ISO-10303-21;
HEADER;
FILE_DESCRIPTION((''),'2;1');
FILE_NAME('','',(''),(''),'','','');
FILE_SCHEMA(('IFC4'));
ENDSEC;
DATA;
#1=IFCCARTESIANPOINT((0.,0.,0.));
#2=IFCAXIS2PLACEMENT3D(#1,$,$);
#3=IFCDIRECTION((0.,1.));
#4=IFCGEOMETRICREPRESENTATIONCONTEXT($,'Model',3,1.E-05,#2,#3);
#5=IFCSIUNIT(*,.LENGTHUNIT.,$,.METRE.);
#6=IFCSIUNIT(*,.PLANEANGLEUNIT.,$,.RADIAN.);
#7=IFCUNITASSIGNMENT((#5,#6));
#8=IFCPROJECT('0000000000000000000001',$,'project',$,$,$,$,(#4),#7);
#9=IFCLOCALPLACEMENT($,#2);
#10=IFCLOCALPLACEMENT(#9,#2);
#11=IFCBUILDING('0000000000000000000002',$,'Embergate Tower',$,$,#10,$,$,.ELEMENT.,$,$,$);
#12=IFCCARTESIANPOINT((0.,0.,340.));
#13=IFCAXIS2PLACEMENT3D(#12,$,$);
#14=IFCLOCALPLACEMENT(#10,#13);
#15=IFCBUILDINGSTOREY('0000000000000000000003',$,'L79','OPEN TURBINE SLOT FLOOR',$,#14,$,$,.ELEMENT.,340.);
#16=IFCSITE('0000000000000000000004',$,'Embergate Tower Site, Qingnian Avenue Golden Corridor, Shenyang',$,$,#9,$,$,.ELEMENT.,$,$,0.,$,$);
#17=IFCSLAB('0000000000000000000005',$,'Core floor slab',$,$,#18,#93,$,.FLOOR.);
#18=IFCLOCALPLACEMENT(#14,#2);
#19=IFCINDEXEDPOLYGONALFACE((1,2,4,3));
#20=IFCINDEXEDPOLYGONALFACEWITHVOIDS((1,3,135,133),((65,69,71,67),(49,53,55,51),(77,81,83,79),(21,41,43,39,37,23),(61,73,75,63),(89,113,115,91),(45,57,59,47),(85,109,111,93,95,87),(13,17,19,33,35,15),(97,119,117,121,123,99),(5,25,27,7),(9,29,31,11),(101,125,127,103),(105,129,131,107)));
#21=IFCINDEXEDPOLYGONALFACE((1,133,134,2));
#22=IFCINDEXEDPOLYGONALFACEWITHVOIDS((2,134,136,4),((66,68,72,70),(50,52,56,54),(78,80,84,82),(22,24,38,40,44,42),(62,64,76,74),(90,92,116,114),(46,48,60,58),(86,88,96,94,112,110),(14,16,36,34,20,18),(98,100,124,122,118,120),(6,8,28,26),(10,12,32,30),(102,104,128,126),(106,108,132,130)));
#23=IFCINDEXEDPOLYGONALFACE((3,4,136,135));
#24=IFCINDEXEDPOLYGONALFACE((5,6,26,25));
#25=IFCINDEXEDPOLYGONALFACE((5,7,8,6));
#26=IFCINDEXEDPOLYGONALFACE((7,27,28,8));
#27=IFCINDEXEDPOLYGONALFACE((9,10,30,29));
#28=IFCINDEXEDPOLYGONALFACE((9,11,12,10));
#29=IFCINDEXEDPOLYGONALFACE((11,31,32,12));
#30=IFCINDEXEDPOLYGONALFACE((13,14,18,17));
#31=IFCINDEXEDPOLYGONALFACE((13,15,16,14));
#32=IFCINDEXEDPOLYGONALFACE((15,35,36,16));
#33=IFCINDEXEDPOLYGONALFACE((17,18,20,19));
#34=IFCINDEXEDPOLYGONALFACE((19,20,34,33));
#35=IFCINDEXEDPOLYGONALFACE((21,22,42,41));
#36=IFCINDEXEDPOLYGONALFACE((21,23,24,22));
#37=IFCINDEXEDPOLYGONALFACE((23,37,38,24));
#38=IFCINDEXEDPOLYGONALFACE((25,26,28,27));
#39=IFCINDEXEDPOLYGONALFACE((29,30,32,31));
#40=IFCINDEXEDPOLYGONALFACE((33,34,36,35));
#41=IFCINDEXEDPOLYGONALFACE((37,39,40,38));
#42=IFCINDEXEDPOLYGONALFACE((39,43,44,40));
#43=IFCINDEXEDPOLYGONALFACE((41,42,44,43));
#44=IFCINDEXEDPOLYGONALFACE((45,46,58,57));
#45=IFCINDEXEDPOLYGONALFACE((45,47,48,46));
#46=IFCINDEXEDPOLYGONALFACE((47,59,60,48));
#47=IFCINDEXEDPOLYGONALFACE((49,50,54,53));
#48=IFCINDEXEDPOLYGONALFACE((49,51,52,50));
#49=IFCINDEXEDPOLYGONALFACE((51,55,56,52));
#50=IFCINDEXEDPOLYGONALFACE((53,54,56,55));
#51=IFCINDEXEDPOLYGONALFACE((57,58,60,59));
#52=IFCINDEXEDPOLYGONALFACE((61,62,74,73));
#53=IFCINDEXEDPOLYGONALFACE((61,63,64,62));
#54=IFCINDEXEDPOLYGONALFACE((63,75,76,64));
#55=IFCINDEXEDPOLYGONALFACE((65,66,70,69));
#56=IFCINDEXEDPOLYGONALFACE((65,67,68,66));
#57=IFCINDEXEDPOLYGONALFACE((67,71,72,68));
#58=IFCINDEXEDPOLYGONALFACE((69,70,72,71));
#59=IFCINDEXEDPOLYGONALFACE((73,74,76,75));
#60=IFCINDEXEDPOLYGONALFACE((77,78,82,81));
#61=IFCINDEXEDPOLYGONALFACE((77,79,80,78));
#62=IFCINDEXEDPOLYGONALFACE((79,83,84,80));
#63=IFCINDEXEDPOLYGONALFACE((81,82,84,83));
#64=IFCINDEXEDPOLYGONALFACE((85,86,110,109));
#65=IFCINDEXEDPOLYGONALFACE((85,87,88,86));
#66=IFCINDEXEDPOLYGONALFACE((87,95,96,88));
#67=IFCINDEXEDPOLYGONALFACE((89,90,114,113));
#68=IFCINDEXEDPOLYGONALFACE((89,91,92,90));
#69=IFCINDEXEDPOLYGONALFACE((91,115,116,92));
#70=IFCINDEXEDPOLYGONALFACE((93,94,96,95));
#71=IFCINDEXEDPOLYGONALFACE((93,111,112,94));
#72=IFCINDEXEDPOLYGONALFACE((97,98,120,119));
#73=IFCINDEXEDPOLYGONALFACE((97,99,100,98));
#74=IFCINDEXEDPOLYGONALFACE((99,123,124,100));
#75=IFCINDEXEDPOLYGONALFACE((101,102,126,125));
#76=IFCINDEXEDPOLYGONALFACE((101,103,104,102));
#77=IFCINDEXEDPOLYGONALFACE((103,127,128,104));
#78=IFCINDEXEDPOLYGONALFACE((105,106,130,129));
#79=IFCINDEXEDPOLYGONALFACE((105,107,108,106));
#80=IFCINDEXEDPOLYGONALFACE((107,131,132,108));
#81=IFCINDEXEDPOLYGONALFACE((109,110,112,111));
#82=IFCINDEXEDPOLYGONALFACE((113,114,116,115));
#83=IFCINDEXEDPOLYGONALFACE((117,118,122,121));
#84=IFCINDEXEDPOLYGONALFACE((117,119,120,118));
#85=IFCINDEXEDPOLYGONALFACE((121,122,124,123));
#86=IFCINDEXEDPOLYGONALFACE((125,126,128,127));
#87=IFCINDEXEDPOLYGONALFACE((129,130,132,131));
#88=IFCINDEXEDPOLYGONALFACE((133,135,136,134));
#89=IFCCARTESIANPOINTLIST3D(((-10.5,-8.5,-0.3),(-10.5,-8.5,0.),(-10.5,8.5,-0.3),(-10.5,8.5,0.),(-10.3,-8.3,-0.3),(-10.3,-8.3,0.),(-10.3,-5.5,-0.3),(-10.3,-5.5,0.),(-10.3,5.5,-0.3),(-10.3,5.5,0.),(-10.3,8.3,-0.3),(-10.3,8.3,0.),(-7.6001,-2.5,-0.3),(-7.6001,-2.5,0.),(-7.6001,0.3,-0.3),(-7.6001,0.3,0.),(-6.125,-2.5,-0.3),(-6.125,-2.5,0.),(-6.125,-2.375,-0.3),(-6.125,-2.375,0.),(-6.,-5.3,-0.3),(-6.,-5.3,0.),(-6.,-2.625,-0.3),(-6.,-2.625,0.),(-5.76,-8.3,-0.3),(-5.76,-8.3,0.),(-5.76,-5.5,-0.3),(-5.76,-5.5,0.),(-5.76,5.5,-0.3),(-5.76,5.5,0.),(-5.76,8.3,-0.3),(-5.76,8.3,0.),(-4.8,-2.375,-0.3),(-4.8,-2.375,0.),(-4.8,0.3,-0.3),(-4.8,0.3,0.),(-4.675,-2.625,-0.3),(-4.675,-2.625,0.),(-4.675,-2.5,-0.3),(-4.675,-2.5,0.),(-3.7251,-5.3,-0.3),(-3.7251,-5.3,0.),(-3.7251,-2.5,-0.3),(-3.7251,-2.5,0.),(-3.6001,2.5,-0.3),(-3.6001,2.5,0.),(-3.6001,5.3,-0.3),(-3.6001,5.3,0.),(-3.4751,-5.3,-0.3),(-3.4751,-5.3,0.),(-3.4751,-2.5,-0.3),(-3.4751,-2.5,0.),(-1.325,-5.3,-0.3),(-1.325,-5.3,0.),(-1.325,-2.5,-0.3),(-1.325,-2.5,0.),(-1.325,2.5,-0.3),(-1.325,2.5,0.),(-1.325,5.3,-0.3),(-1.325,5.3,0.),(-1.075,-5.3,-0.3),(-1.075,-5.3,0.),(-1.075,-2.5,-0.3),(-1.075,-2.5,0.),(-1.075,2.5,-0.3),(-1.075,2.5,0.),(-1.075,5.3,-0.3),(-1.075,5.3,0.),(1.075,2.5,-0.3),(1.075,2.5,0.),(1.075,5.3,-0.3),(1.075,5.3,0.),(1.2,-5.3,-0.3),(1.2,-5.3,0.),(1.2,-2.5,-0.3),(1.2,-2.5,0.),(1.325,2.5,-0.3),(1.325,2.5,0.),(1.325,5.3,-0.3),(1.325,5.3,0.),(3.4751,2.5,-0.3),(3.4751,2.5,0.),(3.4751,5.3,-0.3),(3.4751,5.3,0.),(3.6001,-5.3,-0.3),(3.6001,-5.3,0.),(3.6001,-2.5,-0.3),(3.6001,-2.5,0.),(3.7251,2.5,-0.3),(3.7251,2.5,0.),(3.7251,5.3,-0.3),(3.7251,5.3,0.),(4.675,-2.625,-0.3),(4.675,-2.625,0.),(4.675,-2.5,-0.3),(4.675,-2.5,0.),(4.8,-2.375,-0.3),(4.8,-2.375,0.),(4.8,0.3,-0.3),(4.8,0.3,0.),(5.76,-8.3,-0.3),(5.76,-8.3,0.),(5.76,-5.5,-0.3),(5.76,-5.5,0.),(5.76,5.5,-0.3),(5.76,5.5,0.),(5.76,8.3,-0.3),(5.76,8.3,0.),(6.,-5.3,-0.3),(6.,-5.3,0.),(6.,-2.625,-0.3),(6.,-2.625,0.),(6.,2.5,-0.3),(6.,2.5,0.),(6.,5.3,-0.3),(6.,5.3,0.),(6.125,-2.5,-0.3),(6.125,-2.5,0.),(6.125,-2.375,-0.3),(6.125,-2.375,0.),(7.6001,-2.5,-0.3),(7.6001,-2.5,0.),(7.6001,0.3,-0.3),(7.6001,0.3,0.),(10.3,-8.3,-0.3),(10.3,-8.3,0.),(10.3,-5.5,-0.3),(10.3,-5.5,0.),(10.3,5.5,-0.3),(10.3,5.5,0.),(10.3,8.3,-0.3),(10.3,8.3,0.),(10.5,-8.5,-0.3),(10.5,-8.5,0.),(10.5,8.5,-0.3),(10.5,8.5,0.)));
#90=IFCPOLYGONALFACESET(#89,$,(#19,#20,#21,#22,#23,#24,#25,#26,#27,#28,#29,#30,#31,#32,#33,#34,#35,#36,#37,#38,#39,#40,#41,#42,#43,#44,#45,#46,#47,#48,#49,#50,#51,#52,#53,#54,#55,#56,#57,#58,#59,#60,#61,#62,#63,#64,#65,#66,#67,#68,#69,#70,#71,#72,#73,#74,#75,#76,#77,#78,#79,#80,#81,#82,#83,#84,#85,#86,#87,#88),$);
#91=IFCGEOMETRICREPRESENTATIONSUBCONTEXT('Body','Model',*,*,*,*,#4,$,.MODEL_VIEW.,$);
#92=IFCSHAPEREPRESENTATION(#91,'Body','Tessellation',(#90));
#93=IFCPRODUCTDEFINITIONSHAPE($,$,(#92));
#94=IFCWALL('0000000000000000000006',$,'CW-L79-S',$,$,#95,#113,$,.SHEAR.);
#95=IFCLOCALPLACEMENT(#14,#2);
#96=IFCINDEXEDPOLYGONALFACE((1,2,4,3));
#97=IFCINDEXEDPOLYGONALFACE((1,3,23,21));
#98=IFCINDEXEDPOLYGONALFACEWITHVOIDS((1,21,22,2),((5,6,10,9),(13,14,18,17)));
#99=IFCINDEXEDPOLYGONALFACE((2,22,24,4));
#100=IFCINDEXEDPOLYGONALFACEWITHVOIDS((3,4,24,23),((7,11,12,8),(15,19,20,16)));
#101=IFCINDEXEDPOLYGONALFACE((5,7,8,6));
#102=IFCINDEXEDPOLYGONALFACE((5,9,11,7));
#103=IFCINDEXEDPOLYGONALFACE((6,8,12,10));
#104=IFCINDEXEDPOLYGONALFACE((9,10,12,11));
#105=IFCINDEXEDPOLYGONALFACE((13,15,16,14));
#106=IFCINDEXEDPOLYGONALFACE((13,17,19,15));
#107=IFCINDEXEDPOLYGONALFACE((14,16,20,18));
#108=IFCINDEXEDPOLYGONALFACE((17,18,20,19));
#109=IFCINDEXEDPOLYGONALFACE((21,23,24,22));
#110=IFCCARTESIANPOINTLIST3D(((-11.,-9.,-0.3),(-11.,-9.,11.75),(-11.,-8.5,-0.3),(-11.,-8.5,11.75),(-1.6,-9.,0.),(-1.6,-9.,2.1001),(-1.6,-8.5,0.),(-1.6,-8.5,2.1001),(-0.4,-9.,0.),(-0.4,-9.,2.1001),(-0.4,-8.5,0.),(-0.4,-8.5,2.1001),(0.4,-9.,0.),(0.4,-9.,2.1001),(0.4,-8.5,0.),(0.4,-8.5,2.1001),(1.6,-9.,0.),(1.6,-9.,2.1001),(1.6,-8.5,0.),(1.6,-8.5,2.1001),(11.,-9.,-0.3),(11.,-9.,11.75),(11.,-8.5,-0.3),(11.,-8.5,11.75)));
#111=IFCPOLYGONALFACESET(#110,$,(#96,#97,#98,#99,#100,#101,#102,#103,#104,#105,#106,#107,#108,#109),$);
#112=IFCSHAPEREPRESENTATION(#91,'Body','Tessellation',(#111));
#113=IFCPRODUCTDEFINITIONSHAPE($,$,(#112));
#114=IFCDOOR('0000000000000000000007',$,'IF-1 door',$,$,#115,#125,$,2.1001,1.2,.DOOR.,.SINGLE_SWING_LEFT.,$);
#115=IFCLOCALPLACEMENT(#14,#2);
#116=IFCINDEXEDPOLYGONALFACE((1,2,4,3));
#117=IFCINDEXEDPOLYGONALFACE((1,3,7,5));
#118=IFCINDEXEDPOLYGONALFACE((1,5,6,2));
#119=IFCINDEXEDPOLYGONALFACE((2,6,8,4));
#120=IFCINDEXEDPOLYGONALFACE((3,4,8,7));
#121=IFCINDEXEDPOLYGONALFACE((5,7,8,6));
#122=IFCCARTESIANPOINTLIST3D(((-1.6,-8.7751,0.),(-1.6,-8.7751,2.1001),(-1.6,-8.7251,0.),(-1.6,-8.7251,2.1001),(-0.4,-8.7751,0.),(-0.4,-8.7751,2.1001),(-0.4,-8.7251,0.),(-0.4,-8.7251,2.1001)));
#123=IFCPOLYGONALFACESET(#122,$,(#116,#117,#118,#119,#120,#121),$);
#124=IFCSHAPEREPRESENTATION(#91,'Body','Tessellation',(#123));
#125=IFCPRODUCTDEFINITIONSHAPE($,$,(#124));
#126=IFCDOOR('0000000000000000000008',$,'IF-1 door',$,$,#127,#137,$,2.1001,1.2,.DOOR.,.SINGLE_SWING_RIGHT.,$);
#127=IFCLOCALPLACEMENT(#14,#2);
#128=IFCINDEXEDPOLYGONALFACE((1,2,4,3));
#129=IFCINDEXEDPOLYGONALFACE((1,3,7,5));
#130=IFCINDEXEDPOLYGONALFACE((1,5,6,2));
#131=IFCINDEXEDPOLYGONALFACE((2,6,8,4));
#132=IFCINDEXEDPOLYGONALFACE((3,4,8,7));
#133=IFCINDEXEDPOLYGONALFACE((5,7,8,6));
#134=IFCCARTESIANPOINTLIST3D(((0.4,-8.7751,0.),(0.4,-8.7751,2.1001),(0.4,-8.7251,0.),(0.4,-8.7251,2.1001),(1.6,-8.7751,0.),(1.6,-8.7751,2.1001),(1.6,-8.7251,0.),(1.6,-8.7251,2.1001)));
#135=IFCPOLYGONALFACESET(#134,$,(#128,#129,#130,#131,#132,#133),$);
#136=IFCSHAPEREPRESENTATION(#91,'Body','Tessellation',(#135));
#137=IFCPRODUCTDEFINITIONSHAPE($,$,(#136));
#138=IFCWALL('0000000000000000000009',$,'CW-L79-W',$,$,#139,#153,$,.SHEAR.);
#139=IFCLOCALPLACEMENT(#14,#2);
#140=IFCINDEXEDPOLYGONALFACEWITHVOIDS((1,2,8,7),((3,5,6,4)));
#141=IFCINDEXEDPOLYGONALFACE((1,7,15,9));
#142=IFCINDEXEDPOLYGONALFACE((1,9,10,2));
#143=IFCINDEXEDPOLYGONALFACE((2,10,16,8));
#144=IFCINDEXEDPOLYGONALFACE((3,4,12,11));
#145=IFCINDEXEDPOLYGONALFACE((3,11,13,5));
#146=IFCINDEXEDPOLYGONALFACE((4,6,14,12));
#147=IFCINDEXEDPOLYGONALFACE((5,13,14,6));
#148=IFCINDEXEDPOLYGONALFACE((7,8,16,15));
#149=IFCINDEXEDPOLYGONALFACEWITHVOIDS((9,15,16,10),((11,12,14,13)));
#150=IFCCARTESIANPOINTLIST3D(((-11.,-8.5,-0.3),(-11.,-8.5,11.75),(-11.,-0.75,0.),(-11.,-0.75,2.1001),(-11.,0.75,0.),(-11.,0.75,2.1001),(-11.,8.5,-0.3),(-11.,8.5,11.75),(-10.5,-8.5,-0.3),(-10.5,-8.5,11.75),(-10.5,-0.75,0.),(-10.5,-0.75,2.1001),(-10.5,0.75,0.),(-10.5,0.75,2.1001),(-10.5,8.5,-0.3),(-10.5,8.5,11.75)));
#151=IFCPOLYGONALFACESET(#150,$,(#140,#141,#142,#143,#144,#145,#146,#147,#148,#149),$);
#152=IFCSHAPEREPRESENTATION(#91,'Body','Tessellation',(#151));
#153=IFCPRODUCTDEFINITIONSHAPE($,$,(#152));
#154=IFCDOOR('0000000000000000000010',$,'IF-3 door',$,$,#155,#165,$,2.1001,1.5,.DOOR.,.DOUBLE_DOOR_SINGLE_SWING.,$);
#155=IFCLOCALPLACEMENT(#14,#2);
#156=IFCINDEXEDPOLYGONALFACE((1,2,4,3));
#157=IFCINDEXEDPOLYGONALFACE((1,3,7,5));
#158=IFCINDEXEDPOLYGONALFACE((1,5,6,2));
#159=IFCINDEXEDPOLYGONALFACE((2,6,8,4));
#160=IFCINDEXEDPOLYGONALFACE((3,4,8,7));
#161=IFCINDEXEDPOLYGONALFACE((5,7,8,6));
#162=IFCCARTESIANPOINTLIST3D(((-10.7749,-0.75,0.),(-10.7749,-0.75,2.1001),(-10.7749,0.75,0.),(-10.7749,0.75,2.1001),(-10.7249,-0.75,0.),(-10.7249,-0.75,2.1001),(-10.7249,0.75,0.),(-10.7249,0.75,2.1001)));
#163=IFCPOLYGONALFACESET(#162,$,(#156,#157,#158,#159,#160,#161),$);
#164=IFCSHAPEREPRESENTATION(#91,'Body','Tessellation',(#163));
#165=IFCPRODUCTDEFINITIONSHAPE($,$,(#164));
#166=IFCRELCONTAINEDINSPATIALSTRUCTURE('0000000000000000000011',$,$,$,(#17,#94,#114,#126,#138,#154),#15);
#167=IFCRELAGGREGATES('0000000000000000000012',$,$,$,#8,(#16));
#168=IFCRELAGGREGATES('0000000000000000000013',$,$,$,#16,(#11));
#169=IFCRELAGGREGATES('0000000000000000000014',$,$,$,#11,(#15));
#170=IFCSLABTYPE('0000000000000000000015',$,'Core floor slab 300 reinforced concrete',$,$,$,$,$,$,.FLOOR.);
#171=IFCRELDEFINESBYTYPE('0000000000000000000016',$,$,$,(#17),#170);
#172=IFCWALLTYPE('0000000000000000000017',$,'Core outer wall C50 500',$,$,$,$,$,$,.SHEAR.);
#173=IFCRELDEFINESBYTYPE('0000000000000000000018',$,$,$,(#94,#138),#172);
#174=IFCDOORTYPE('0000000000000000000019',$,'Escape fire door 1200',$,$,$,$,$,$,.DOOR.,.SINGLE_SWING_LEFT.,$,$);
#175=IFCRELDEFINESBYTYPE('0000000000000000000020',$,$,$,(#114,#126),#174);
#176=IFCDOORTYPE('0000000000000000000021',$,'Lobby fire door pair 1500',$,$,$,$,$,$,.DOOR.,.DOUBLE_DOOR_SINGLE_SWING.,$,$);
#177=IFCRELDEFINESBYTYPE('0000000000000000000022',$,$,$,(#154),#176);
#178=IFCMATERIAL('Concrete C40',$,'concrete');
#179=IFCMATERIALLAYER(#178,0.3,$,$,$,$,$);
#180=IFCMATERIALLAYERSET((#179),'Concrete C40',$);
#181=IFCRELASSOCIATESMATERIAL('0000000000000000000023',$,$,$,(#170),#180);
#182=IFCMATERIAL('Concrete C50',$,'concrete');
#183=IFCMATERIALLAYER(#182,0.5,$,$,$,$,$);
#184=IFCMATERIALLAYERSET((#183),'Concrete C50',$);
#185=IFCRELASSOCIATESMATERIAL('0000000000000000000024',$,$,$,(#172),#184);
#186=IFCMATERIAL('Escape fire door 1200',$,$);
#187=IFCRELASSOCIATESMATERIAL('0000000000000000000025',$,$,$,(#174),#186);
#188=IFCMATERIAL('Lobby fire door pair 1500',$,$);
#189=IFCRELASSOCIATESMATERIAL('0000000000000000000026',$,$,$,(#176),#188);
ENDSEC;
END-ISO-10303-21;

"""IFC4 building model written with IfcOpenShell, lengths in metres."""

from ifc_helpers import new_model, si_unit, direction, frame, frame_2d, origin, place, context, subcontext, project, spatial, polyline, rectangle, outline, extrude, source, transform, mapped, material, layer, layer_set, type_object, element, fill, save


model = new_model("IFC4")

# Units and contexts
model_context = context("Model", 3, precision=1e-05, world=origin(), true_north=direction((0.0, 1.0)))
body_context = subcontext(model_context, "Body", "Model", "MODEL_VIEW")
ifc_project = project(units=[si_unit("LENGTHUNIT", "METRE"), si_unit("PLANEANGLEUNIT", "RADIAN")], contexts=[model_context])

# Site, building, storey
site_placement = place(None, origin())
site = spatial("IfcSite", under=ifc_project, at=site_placement, Name="Embergate Tower Site, Qingnian Avenue Golden Corridor, Shenyang", CompositionType="ELEMENT", RefElevation=0.0)
building_placement = place(site_placement, origin())
building = spatial("IfcBuilding", under=site, at=building_placement, Name="Embergate Tower", CompositionType="ELEMENT")
storey_placement = place(building_placement, frame((0.0, 0.0, 340.0)))
storey = spatial("IfcBuildingStorey", under=building, at=storey_placement, Name="L79", Description="OPEN TURBINE SLOT FLOOR", CompositionType="ELEMENT", Elevation=340.0)

# Shared definitions
ifc_material_1 = material(Name="Concrete C40", Category="concrete")

# Slab
ifc_layer_1 = layer(ifc_material_1, 0.3)
ifc_layer_set_1 = layer_set([ifc_layer_1], Name="Concrete C40")
slab_type_1 = type_object("IfcSlabType", Name="Core floor slab 300 reinforced concrete", PredefinedType="FLOOR", material=ifc_layer_set_1)
shared_shape_1 = source(origin(), body_context, "Body", "SweptSolid", [
    extrude(outline(polyline([(0.0, 0.0), (21.0, 0.0), (21.0, 17.0), (0.0, 17.0), (0.0, 0.0)]), holes=[polyline([(0.2, 0.2), (0.2, 3.0), (4.74, 3.0), (4.74, 0.2), (0.2, 0.2)]), polyline([(16.26, 0.2), (16.26, 3.0), (20.8, 3.0), (20.8, 0.2), (16.26, 0.2)]), polyline([(4.5, 3.2), (4.5, 5.875), (5.825, 5.875), (5.825, 6.0), (6.7749, 6.0), (6.7749, 3.2), (4.5, 3.2)]), polyline([(7.0249, 3.2), (7.0249, 6.0), (9.175, 6.0), (9.175, 3.2), (7.0249, 3.2)]), polyline([(9.425, 3.2), (9.425, 6.0), (11.7, 6.0), (11.7, 3.2), (9.425, 3.2)]), polyline([(14.1001, 3.2), (14.1001, 6.0), (15.175, 6.0), (15.175, 5.875), (16.5, 5.875), (16.5, 3.2), (14.1001, 3.2)]), polyline([(2.8999, 6.0), (2.8999, 8.8), (5.7, 8.8), (5.7, 6.125), (4.375, 6.125), (4.375, 6.0), (2.8999, 6.0)]), polyline([(16.625, 6.0), (16.625, 6.125), (15.3, 6.125), (15.3, 8.8), (18.1001, 8.8), (18.1001, 6.0), (16.625, 6.0)]), polyline([(6.8999, 11.0), (6.8999, 13.8), (9.175, 13.8), (9.175, 11.0), (6.8999, 11.0)]), polyline([(9.425, 11.0), (9.425, 13.8), (11.575, 13.8), (11.575, 11.0), (9.425, 11.0)]), polyline([(11.825, 11.0), (11.825, 13.8), (13.9751, 13.8), (13.9751, 11.0), (11.825, 11.0)]), polyline([(14.2251, 11.0), (14.2251, 13.8), (16.5, 13.8), (16.5, 11.0), (14.2251, 11.0)]), polyline([(0.2, 14.0), (0.2, 16.8), (4.74, 16.8), (4.74, 14.0), (0.2, 14.0)]), polyline([(16.26, 14.0), (16.26, 16.8), (20.8, 16.8), (20.8, 14.0), (16.26, 14.0)])]), origin(), (0.0, 0.0, 1.0), 0.3),
])
slab_1_placement = place(storey_placement, frame((-10.5, -8.5, -0.3)))
element("IfcSlab", 1, at=slab_1_placement, inside=storey, type_object=slab_type_1, Name="Core floor slab", PredefinedType="FLOOR", context=body_context, shape_type="MappedRepresentation", body=[
    mapped(shared_shape_1, transform((0.0, 0.0, 0.0))),
])

# Wall, openings, doors
ifc_material_2 = material(Name="Concrete C50", Category="concrete")
ifc_layer_2 = layer(ifc_material_2, 0.5)
ifc_layer_set_2 = layer_set([ifc_layer_2], Name="Concrete C50")
wall_type_1 = type_object("IfcWallType", Name="Core outer wall C50 500", PredefinedType="SHEAR", material=ifc_layer_set_2)
shared_shape_2 = source(origin(), body_context, "Body", "SweptSolid", [
    extrude(rectangle(XDim=22.0, YDim=0.5, at=frame_2d((11.0, 0.0))), origin(), (0.0, 0.0, 1.0), 12.05),
])
wall_1_placement = place(storey_placement, frame((-11.0, -8.75, -0.3), z_axis=(0.0, 0.0, 1.0), x_axis=(1.0, 0.0, 0.0)))
wall_1 = element("IfcWall", 2, at=wall_1_placement, inside=storey, type_object=wall_type_1, Name="CW-L79-S", PredefinedType="SHEAR", context=body_context, shape_type="MappedRepresentation", body=[
    mapped(shared_shape_2, transform((0.0, 0.0, 0.0))),
])
shared_shape_3 = source(origin(), body_context, "Body", "SweptSolid", [
    extrude(rectangle(XDim=1.2, YDim=2.1001, at=frame_2d((0.6001, 1.05))), frame((0.0, 0.26, 0.0), z_axis=(0.0, -1.0, 0.0), x_axis=(1.0, 0.0, 0.0)), (0.0, 0.0, 1.0), 0.52),
])
opening_1_placement = place(wall_1_placement, frame((9.3999, 0.0, 0.3)))
opening_1 = element("IfcOpeningElement", 3, at=opening_1_placement, cuts=wall_1, PredefinedType="OPENING", context=body_context, shape_type="MappedRepresentation", body=[
    mapped(shared_shape_3, transform((0.0, 0.0, 0.0))),
])
opening_2_placement = place(wall_1_placement, frame((11.3999, 0.0, 0.3)))
opening_2 = element("IfcOpeningElement", 4, at=opening_2_placement, cuts=wall_1, PredefinedType="OPENING", context=body_context, shape_type="MappedRepresentation", body=[
    mapped(shared_shape_3, transform((0.0, 0.0, 0.0))),
])
ifc_material_3 = material(Name="Escape fire door 1200")
door_type_1 = type_object("IfcDoorType", Name="Escape fire door 1200", OperationType="SINGLE_SWING_LEFT", PredefinedType="DOOR", material=ifc_material_3)
shared_shape_4 = source(origin(), body_context, "Body", "SweptSolid", [
    extrude(rectangle(XDim=1.2, YDim=2.1001, at=frame_2d((0.6001, 1.05))), frame((0.0, 0.0249, 0.0), z_axis=(0.0, -1.0, 0.0), x_axis=(1.0, 0.0, 0.0)), (0.0, 0.0, 1.0), 0.05),
])
door_1_placement = place(opening_1_placement, origin())
door_1 = element("IfcDoor", 5, at=door_1_placement, inside=storey, type_object=door_type_1, Name="IF-1 door", OperationType="SINGLE_SWING_LEFT", OverallHeight=2.1001, OverallWidth=1.2, PredefinedType="DOOR", context=body_context, shape_type="MappedRepresentation", body=[
    mapped(shared_shape_4, transform((0.0, 0.0, 0.0))),
])
fill(opening_1, door_1)
door_2_placement = place(opening_2_placement, origin())
door_2 = element("IfcDoor", 6, at=door_2_placement, inside=storey, type_object=door_type_1, Name="IF-1 door", OperationType="SINGLE_SWING_RIGHT", OverallHeight=2.1001, OverallWidth=1.2, PredefinedType="DOOR", context=body_context, shape_type="MappedRepresentation", body=[
    mapped(shared_shape_4, transform((0.0, 0.0, 0.0))),
])
fill(opening_2, door_2)

# Wall, opening, door
shared_shape_5 = source(origin(), body_context, "Body", "SweptSolid", [
    extrude(rectangle(XDim=17.0, YDim=0.5, at=frame_2d((8.5, 0.0))), origin(), (0.0, 0.0, 1.0), 12.05),
])
wall_2_placement = place(storey_placement, frame((-10.75, -8.5, -0.3), z_axis=(0.0, 0.0, 1.0), x_axis=(0.0, 1.0, 0.0)))
wall_2 = element("IfcWall", 7, at=wall_2_placement, inside=storey, type_object=wall_type_1, Name="CW-L79-W", PredefinedType="SHEAR", context=body_context, shape_type="MappedRepresentation", body=[
    mapped(shared_shape_5, transform((0.0, 0.0, 0.0))),
])
shared_shape_6 = source(origin(), body_context, "Body", "SweptSolid", [
    extrude(rectangle(XDim=1.5, YDim=2.1001, at=frame_2d((0.75, 1.05))), frame((0.0, 0.26, 0.0), z_axis=(0.0, -1.0, 0.0), x_axis=(1.0, 0.0, 0.0)), (0.0, 0.0, 1.0), 0.52),
])
opening_3_placement = place(wall_2_placement, frame((7.75, 0.0, 0.3)))
opening_3 = element("IfcOpeningElement", 8, at=opening_3_placement, cuts=wall_2, PredefinedType="OPENING", context=body_context, shape_type="MappedRepresentation", body=[
    mapped(shared_shape_6, transform((0.0, 0.0, 0.0))),
])
ifc_material_4 = material(Name="Lobby fire door pair 1500")
door_type_2 = type_object("IfcDoorType", Name="Lobby fire door pair 1500", OperationType="DOUBLE_DOOR_SINGLE_SWING", PredefinedType="DOOR", material=ifc_material_4)
shared_shape_7 = source(origin(), body_context, "Body", "SweptSolid", [
    extrude(rectangle(XDim=1.5, YDim=2.1001, at=frame_2d((0.75, 1.05))), frame((0.0, 0.0249, 0.0), z_axis=(0.0, -1.0, 0.0), x_axis=(1.0, 0.0, 0.0)), (0.0, 0.0, 1.0), 0.05),
])
door_3_placement = place(opening_3_placement, origin())
door_3 = element("IfcDoor", 9, at=door_3_placement, inside=storey, type_object=door_type_2, Name="IF-3 door", OperationType="DOUBLE_DOOR_SINGLE_SWING", OverallHeight=2.1001, OverallWidth=1.5, PredefinedType="DOOR", context=body_context, shape_type="MappedRepresentation", body=[
    mapped(shared_shape_7, transform((0.0, 0.0, 0.0))),
])
fill(opening_3, door_3)

save(model, "model.ifc")
